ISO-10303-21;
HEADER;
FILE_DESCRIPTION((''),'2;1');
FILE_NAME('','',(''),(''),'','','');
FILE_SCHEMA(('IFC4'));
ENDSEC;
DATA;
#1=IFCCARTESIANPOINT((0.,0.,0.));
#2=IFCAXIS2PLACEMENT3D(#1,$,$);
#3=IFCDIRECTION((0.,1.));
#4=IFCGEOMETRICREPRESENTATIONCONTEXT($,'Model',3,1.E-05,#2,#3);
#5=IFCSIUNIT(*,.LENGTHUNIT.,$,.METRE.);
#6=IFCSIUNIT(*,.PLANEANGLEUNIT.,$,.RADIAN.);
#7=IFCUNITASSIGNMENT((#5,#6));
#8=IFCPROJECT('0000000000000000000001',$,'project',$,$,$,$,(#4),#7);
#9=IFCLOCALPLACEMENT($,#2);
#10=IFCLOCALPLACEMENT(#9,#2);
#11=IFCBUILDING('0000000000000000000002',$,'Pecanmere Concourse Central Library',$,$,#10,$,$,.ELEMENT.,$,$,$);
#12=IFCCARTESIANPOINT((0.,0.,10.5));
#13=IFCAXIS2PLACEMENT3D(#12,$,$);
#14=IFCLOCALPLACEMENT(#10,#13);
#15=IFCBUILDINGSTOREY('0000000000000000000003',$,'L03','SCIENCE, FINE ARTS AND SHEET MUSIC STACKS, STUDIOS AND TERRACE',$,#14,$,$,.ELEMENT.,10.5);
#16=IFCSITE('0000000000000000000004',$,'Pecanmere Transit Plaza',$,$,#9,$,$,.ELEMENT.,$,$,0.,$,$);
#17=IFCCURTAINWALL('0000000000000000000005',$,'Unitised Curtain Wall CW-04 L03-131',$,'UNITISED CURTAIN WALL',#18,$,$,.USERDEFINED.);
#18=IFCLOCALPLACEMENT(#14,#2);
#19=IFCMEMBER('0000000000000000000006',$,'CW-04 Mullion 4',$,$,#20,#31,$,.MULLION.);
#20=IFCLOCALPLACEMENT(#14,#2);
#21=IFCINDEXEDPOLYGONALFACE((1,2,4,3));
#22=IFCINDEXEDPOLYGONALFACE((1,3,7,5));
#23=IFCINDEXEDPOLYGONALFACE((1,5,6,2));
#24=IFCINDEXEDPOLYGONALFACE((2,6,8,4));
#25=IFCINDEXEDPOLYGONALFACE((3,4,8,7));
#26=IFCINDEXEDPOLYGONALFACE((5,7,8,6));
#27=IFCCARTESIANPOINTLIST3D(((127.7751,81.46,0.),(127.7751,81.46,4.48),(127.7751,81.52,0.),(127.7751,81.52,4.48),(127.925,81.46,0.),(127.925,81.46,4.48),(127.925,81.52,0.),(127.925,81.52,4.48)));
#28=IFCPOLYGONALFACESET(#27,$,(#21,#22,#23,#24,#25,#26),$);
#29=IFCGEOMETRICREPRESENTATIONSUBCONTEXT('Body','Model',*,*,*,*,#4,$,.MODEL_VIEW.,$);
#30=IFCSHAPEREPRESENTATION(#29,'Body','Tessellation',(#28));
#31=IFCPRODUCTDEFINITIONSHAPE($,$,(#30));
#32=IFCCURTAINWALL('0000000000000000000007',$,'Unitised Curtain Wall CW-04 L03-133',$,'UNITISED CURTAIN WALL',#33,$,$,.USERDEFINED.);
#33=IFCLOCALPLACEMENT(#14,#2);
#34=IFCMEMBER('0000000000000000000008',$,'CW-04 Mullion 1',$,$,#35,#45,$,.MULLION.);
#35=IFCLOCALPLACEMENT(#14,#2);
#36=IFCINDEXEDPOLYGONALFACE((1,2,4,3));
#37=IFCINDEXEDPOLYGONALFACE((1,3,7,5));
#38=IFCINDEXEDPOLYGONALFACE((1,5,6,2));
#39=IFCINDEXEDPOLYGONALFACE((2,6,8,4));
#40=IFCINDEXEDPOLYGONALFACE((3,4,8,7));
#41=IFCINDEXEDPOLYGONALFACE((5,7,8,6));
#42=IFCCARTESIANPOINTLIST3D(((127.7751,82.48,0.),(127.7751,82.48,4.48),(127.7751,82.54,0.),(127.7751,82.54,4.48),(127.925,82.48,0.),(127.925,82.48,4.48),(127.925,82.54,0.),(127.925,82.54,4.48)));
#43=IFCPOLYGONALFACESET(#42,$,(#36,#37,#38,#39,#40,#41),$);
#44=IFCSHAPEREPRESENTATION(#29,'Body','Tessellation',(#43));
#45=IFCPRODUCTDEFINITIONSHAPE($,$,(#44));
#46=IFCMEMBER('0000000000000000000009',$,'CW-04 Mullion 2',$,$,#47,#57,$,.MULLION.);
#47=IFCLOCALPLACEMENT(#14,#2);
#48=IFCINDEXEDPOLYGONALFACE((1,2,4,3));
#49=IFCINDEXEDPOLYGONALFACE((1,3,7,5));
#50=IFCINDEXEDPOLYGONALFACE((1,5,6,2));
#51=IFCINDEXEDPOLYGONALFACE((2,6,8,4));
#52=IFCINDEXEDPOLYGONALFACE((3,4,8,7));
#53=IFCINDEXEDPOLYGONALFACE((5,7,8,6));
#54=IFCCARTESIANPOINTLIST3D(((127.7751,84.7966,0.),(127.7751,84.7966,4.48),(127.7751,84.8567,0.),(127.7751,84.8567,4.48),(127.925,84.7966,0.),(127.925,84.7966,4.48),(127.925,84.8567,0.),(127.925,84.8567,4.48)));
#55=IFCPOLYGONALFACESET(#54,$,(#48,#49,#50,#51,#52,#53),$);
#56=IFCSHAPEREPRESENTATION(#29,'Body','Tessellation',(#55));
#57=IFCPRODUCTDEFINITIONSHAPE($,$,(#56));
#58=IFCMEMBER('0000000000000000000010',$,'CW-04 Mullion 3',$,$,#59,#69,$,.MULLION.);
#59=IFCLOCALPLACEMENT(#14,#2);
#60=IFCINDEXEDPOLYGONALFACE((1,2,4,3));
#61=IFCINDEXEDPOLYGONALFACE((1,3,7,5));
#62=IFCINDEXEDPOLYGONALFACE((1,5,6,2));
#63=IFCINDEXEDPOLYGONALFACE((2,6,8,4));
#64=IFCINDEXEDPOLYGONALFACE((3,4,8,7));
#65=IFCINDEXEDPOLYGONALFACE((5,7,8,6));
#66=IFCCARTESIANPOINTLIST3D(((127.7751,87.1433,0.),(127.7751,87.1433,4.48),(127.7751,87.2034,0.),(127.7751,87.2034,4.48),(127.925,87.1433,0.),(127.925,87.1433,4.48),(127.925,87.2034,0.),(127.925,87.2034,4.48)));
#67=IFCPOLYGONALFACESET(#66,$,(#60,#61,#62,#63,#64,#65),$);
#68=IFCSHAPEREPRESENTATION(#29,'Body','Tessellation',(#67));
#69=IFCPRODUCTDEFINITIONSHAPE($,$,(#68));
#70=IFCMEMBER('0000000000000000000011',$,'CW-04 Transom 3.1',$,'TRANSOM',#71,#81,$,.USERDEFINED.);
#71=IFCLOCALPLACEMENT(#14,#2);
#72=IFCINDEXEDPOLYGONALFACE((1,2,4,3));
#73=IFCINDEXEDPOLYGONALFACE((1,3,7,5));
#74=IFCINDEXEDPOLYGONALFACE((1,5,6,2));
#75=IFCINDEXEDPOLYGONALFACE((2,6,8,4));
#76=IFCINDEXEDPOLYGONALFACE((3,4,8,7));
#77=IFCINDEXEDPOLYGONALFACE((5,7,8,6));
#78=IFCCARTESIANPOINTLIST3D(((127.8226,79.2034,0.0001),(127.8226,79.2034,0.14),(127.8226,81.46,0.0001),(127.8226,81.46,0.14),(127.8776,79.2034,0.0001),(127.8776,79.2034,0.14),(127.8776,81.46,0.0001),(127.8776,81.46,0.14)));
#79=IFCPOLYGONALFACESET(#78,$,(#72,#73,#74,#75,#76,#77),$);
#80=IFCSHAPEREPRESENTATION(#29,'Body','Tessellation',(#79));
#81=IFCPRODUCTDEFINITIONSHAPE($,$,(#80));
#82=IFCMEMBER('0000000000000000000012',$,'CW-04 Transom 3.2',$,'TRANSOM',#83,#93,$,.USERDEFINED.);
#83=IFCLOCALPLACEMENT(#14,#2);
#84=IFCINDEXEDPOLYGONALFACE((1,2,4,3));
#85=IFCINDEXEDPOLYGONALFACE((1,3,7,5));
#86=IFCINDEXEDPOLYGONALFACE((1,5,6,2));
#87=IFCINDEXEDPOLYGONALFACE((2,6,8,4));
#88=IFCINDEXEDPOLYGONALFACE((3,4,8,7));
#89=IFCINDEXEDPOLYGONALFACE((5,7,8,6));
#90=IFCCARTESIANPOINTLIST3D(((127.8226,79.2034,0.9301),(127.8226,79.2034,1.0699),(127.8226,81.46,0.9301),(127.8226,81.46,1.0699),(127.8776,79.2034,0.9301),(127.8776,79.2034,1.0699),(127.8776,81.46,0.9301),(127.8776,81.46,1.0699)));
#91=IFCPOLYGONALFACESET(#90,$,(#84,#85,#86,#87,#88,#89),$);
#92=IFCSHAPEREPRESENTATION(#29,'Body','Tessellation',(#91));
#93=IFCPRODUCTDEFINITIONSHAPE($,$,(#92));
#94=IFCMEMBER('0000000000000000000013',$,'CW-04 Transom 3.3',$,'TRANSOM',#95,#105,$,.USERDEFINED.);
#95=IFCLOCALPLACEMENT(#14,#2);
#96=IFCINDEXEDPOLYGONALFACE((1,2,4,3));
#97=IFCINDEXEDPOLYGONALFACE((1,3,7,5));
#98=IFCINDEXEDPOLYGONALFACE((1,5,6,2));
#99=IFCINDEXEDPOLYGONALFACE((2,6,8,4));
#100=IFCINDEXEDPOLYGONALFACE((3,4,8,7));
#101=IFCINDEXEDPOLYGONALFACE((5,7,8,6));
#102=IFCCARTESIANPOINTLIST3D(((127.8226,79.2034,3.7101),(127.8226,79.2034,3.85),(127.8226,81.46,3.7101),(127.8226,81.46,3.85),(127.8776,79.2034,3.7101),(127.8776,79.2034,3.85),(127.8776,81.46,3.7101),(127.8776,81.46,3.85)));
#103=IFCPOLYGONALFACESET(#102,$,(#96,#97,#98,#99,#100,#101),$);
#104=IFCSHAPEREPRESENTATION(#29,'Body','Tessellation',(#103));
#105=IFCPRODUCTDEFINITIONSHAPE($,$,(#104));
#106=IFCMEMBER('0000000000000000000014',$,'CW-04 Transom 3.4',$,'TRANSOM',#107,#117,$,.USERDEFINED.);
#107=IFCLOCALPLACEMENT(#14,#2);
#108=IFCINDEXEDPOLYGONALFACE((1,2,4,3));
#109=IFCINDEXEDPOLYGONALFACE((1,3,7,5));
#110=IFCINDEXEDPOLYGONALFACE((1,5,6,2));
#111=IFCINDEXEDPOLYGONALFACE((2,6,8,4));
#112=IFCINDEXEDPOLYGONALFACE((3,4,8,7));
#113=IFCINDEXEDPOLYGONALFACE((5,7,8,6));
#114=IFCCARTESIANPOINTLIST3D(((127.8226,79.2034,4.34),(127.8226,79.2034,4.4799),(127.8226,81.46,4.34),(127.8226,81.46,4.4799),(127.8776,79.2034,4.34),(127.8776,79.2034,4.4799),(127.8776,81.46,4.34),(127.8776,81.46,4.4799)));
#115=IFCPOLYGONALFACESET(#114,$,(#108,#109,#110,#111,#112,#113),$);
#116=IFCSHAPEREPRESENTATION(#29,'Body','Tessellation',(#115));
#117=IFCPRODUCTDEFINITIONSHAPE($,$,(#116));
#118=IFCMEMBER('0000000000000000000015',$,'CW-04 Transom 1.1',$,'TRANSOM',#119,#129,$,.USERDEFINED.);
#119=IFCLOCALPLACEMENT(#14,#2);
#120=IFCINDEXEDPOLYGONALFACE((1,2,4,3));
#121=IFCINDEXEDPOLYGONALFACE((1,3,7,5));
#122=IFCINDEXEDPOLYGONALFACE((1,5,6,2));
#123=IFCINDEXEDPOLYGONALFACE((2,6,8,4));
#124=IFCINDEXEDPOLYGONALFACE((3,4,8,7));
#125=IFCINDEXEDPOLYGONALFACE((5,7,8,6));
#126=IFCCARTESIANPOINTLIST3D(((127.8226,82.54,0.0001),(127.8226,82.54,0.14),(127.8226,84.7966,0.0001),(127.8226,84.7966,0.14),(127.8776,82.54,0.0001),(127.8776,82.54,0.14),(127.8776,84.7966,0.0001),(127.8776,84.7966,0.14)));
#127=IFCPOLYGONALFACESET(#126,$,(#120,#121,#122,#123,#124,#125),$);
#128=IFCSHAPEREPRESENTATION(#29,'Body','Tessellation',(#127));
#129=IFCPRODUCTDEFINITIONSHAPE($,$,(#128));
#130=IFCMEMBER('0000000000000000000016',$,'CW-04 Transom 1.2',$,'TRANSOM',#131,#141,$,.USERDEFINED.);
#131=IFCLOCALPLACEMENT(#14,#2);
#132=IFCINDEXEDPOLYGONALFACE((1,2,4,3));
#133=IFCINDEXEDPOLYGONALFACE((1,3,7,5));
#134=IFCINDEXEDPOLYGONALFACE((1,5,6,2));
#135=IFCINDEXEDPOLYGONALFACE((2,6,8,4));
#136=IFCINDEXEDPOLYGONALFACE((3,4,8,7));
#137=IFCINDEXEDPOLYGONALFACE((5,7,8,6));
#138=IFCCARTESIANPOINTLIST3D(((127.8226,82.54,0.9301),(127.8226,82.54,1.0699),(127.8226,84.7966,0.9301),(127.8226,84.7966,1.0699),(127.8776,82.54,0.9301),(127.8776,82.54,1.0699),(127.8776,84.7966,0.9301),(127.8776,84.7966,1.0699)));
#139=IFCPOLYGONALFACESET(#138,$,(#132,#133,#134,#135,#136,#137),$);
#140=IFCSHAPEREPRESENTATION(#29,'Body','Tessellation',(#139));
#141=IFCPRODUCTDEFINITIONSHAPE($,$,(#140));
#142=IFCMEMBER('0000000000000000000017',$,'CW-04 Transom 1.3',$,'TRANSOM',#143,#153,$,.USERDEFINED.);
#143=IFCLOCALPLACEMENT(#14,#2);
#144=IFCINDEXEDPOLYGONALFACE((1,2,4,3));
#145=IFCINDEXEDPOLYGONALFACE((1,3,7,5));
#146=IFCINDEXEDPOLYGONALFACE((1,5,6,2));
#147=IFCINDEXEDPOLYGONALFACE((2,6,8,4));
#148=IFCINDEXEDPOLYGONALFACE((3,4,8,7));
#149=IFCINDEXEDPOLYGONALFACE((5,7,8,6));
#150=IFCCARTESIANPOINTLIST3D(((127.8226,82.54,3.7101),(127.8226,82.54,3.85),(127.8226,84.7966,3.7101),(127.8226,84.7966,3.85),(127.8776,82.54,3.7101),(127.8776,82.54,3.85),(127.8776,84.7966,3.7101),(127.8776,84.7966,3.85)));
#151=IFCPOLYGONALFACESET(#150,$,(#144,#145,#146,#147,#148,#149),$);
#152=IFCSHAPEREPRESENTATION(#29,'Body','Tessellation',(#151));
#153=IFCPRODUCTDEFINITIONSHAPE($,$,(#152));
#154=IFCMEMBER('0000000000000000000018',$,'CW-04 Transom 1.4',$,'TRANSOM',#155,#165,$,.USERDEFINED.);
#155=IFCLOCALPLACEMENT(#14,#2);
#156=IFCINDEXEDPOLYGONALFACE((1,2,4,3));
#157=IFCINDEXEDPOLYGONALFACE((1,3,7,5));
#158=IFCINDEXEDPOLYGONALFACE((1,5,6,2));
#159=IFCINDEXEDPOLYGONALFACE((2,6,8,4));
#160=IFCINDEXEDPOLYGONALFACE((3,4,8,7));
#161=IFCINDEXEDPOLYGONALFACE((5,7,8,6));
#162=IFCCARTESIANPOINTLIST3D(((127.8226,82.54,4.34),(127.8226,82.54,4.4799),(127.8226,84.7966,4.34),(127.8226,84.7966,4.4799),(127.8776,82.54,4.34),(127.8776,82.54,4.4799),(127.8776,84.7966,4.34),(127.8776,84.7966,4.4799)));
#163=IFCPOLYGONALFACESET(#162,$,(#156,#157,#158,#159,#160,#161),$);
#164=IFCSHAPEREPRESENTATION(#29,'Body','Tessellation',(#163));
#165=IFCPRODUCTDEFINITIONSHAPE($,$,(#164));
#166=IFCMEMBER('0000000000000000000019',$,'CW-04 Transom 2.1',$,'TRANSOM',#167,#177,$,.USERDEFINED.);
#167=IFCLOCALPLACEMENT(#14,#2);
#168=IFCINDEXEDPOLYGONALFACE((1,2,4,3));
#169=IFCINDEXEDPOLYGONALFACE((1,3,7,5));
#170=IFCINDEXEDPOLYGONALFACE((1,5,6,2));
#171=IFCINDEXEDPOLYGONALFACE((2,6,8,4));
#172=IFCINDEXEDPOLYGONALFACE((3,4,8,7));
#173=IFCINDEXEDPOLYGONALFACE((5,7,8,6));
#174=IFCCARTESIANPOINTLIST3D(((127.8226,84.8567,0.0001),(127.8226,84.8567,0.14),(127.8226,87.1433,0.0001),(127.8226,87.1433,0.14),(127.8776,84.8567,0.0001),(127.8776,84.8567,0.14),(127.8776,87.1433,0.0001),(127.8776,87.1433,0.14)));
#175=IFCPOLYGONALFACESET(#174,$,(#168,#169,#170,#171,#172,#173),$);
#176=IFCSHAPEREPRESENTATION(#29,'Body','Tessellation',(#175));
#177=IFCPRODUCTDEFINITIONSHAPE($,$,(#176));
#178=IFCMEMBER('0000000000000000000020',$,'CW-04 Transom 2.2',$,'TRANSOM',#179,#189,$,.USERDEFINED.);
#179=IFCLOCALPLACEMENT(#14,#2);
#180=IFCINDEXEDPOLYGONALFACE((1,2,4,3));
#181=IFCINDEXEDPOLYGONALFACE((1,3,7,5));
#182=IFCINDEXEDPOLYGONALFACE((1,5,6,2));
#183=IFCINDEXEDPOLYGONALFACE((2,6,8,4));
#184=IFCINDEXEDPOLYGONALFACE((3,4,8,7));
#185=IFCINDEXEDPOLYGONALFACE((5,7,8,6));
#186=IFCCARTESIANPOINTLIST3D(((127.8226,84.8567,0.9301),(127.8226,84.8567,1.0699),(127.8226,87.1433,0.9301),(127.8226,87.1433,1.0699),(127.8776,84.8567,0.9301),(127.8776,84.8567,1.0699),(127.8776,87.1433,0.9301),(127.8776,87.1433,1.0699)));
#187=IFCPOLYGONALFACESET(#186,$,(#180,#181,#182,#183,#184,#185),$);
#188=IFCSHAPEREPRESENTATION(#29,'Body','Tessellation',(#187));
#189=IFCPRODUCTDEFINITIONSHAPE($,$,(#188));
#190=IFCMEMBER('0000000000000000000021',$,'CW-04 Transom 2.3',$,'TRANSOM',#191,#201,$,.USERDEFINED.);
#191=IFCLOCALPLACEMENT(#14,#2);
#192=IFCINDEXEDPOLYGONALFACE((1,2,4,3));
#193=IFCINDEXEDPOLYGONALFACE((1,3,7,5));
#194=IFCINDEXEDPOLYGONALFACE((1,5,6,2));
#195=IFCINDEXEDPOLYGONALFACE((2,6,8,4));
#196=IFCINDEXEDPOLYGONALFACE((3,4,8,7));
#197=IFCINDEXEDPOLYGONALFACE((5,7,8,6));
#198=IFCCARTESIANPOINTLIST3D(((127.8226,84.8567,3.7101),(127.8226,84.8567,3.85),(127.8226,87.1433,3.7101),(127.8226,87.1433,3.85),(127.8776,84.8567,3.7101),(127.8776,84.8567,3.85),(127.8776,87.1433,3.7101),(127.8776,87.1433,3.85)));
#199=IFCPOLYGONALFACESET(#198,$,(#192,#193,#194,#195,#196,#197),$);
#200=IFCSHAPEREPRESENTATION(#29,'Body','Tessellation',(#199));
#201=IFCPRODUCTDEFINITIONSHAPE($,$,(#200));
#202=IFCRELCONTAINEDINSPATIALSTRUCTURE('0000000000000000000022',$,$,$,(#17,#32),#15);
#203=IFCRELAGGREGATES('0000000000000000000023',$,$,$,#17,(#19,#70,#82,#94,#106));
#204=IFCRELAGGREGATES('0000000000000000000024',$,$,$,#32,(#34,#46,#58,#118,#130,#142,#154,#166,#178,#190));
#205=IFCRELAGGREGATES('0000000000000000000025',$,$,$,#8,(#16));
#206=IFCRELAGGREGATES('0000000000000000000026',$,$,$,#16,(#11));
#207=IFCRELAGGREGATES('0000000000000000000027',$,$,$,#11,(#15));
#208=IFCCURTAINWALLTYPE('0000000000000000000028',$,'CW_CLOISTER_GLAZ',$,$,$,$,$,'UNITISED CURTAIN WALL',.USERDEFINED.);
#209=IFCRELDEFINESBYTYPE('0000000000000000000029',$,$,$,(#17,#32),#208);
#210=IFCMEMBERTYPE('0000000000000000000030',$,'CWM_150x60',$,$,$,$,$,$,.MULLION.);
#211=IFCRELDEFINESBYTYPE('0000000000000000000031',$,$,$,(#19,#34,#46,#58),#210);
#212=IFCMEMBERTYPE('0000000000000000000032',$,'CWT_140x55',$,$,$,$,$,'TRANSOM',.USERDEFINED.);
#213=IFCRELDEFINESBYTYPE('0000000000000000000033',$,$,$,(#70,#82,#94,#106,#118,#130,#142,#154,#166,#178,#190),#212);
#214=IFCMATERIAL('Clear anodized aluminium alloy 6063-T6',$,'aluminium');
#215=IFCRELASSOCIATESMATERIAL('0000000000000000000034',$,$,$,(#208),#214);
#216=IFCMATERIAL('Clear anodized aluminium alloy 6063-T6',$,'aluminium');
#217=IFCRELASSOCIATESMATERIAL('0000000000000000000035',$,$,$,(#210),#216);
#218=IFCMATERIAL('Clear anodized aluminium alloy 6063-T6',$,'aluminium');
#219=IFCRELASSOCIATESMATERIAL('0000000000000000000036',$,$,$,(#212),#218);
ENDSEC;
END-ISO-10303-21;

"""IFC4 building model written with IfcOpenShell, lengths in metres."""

from ifc_helpers import new_model, si_unit, direction, frame, origin, origin_2d, place, context, subcontext, project, spatial, rectangle, extrude, material, material_profile, profile_set, type_object, element, aggregate, save


model = new_model("IFC4")

# Units and contexts
model_context = context("Model", 3, precision=1e-05, world=origin(), true_north=direction((0.0, 1.0)))
body_context = subcontext(model_context, "Body", "Model", "MODEL_VIEW")
ifc_project = project(units=[si_unit("LENGTHUNIT", "METRE"), si_unit("PLANEANGLEUNIT", "RADIAN")], contexts=[model_context])

# Site, building, storey
site_placement = place(None, origin())
site = spatial("IfcSite", under=ifc_project, at=site_placement, Name="Pecanmere Transit Plaza", CompositionType="ELEMENT", RefElevation=0.0)
building_placement = place(site_placement, origin())
building = spatial("IfcBuilding", under=site, at=building_placement, Name="Pecanmere Concourse Central Library", CompositionType="ELEMENT")
storey_placement = place(building_placement, frame((0.0, 0.0, 10.5)))
storey = spatial("IfcBuildingStorey", under=building, at=storey_placement, Name="L03", Description="SCIENCE, FINE ARTS AND SHEET MUSIC STACKS, STUDIOS AND TERRACE", CompositionType="ELEMENT", Elevation=10.5)

# Curtain wall, member
ifc_material_1 = material(Name="Clear anodized aluminium alloy 6063-T6", Category="aluminium")
curtain_wall_type = type_object("IfcCurtainWallType", Name="CW_CLOISTER_GLAZ", ElementType="UNITISED CURTAIN WALL", PredefinedType="USERDEFINED", material=ifc_material_1)
curtain_wall_1_placement = place(storey_placement, origin())
curtain_wall_1 = element("IfcCurtainWall", 1, at=curtain_wall_1_placement, inside=storey, type_object=curtain_wall_type, Name="Unitised Curtain Wall CW-04 L03-131", ObjectType="UNITISED CURTAIN WALL", PredefinedType="USERDEFINED")
ifc_material_2 = material(Name="Clear anodized aluminium alloy 6063-T6", Category="aluminium")
ifc_material_profile_1 = material_profile(ifc_material_2, rectangle(XDim=0.0601, YDim=0.1499, at=origin_2d()), Name="AL 60x150")
ifc_profile_set_1 = profile_set([ifc_material_profile_1], Name="Clear anodized aluminium alloy 6063-T6")
member_type_1 = type_object("IfcMemberType", Name="CWM_150x60", PredefinedType="MULLION", material=ifc_profile_set_1)
member_1_placement = place(storey_placement, frame((127.8501, 81.49, 0.0), z_axis=(0.0, 0.0, 1.0), x_axis=(0.0, 1.0, 0.0)))
member_1 = element("IfcMember", 2, at=member_1_placement, type_object=member_type_1, Name="CW-04 Mullion 4", PredefinedType="MULLION", context=body_context, shape_type="SweptSolid", body=[
    extrude(rectangle(XDim=0.0601, YDim=0.1499, at=origin_2d()), origin(), (0.0, 0.0, 1.0), 4.48),
])

# Curtain wall, members
curtain_wall_2_placement = place(storey_placement, origin())
curtain_wall_2 = element("IfcCurtainWall", 3, at=curtain_wall_2_placement, inside=storey, type_object=curtain_wall_type, Name="Unitised Curtain Wall CW-04 L03-133", ObjectType="UNITISED CURTAIN WALL", PredefinedType="USERDEFINED")
member_2_placement = place(storey_placement, frame((127.8501, 82.51, 0.0), z_axis=(0.0, 0.0, 1.0), x_axis=(0.0, 1.0, 0.0)))
member_2 = element("IfcMember", 4, at=member_2_placement, type_object=member_type_1, Name="CW-04 Mullion 1", PredefinedType="MULLION", context=body_context, shape_type="SweptSolid", body=[
    extrude(rectangle(XDim=0.0601, YDim=0.1499, at=origin_2d()), origin(), (0.0, 0.0, 1.0), 4.48),
])
member_3_placement = place(storey_placement, frame((127.8501, 84.8267, 0.0), z_axis=(0.0, 0.0, 1.0), x_axis=(0.0, 1.0, 0.0)))
member_3 = element("IfcMember", 5, at=member_3_placement, type_object=member_type_1, Name="CW-04 Mullion 2", PredefinedType="MULLION", context=body_context, shape_type="SweptSolid", body=[
    extrude(rectangle(XDim=0.0601, YDim=0.1499, at=origin_2d()), origin(), (0.0, 0.0, 1.0), 4.48),
])
member_4_placement = place(storey_placement, frame((127.8501, 87.1733, 0.0), z_axis=(0.0, 0.0, 1.0), x_axis=(0.0, 1.0, 0.0)))
member_4 = element("IfcMember", 6, at=member_4_placement, type_object=member_type_1, Name="CW-04 Mullion 3", PredefinedType="MULLION", context=body_context, shape_type="SweptSolid", body=[
    extrude(rectangle(XDim=0.0601, YDim=0.1499, at=origin_2d()), origin(), (0.0, 0.0, 1.0), 4.48),
])

# Members
ifc_material_3 = material(Name="Clear anodized aluminium alloy 6063-T6", Category="aluminium")
ifc_material_profile_2 = material_profile(ifc_material_3, rectangle(XDim=0.0549, YDim=0.1399, at=origin_2d()), Name="AL 55x140")
ifc_profile_set_2 = profile_set([ifc_material_profile_2], Name="Clear anodized aluminium alloy 6063-T6")
member_type_2 = type_object("IfcMemberType", Name="CWT_140x55", ElementType="TRANSOM", PredefinedType="USERDEFINED", material=ifc_profile_set_2)
member_5_placement = place(storey_placement, frame((127.8501, 79.2034, 0.0701), z_axis=(0.0, 1.0, 0.0), x_axis=(-1.0, 0.0, 0.0)))
member_5 = element("IfcMember", 7, at=member_5_placement, type_object=member_type_2, Name="CW-04 Transom 3.1", ObjectType="TRANSOM", PredefinedType="USERDEFINED", context=body_context, shape_type="SweptSolid", body=[
    extrude(rectangle(XDim=0.0549, YDim=0.1399, at=origin_2d()), origin(), (0.0, 0.0, 1.0), 2.2566),
])
member_6_placement = place(storey_placement, frame((127.8501, 79.2034, 1.0), z_axis=(0.0, 1.0, 0.0), x_axis=(-1.0, 0.0, 0.0)))
member_6 = element("IfcMember", 8, at=member_6_placement, type_object=member_type_2, Name="CW-04 Transom 3.2", ObjectType="TRANSOM", PredefinedType="USERDEFINED", context=body_context, shape_type="SweptSolid", body=[
    extrude(rectangle(XDim=0.0549, YDim=0.1399, at=origin_2d()), origin(), (0.0, 0.0, 1.0), 2.2566),
])
member_7_placement = place(storey_placement, frame((127.8501, 79.2034, 3.78), z_axis=(0.0, 1.0, 0.0), x_axis=(-1.0, 0.0, 0.0)))
member_7 = element("IfcMember", 9, at=member_7_placement, type_object=member_type_2, Name="CW-04 Transom 3.3", ObjectType="TRANSOM", PredefinedType="USERDEFINED", context=body_context, shape_type="SweptSolid", body=[
    extrude(rectangle(XDim=0.0549, YDim=0.1399, at=origin_2d()), origin(), (0.0, 0.0, 1.0), 2.2566),
])
member_8_placement = place(storey_placement, frame((127.8501, 79.2034, 4.4099), z_axis=(0.0, 1.0, 0.0), x_axis=(-1.0, 0.0, 0.0)))
member_8 = element("IfcMember", 10, at=member_8_placement, type_object=member_type_2, Name="CW-04 Transom 3.4", ObjectType="TRANSOM", PredefinedType="USERDEFINED", context=body_context, shape_type="SweptSolid", body=[
    extrude(rectangle(XDim=0.0549, YDim=0.1399, at=origin_2d()), origin(), (0.0, 0.0, 1.0), 2.2566),
])
member_9_placement = place(storey_placement, frame((127.8501, 82.54, 0.0701), z_axis=(0.0, 1.0, 0.0), x_axis=(-1.0, 0.0, 0.0)))
member_9 = element("IfcMember", 11, at=member_9_placement, type_object=member_type_2, Name="CW-04 Transom 1.1", ObjectType="TRANSOM", PredefinedType="USERDEFINED", context=body_context, shape_type="SweptSolid", body=[
    extrude(rectangle(XDim=0.0549, YDim=0.1399, at=origin_2d()), origin(), (0.0, 0.0, 1.0), 2.2566),
])
member_10_placement = place(storey_placement, frame((127.8501, 82.54, 1.0), z_axis=(0.0, 1.0, 0.0), x_axis=(-1.0, 0.0, 0.0)))
member_10 = element("IfcMember", 12, at=member_10_placement, type_object=member_type_2, Name="CW-04 Transom 1.2", ObjectType="TRANSOM", PredefinedType="USERDEFINED", context=body_context, shape_type="SweptSolid", body=[
    extrude(rectangle(XDim=0.0549, YDim=0.1399, at=origin_2d()), origin(), (0.0, 0.0, 1.0), 2.2566),
])
member_11_placement = place(storey_placement, frame((127.8501, 82.54, 3.78), z_axis=(0.0, 1.0, 0.0), x_axis=(-1.0, 0.0, 0.0)))
member_11 = element("IfcMember", 13, at=member_11_placement, type_object=member_type_2, Name="CW-04 Transom 1.3", ObjectType="TRANSOM", PredefinedType="USERDEFINED", context=body_context, shape_type="SweptSolid", body=[
    extrude(rectangle(XDim=0.0549, YDim=0.1399, at=origin_2d()), origin(), (0.0, 0.0, 1.0), 2.2566),
])
member_12_placement = place(storey_placement, frame((127.8501, 82.54, 4.4099), z_axis=(0.0, 1.0, 0.0), x_axis=(-1.0, 0.0, 0.0)))
member_12 = element("IfcMember", 14, at=member_12_placement, type_object=member_type_2, Name="CW-04 Transom 1.4", ObjectType="TRANSOM", PredefinedType="USERDEFINED", context=body_context, shape_type="SweptSolid", body=[
    extrude(rectangle(XDim=0.0549, YDim=0.1399, at=origin_2d()), origin(), (0.0, 0.0, 1.0), 2.2566),
])
member_13_placement = place(storey_placement, frame((127.8501, 84.8567, 0.0701), z_axis=(0.0, 1.0, 0.0), x_axis=(-1.0, 0.0, 0.0)))
member_13 = element("IfcMember", 15, at=member_13_placement, type_object=member_type_2, Name="CW-04 Transom 2.1", ObjectType="TRANSOM", PredefinedType="USERDEFINED", context=body_context, shape_type="SweptSolid", body=[
    extrude(rectangle(XDim=0.0549, YDim=0.1399, at=origin_2d()), origin(), (0.0, 0.0, 1.0), 2.2866),
])
member_14_placement = place(storey_placement, frame((127.8501, 84.8567, 1.0), z_axis=(0.0, 1.0, 0.0), x_axis=(-1.0, 0.0, 0.0)))
member_14 = element("IfcMember", 16, at=member_14_placement, type_object=member_type_2, Name="CW-04 Transom 2.2", ObjectType="TRANSOM", PredefinedType="USERDEFINED", context=body_context, shape_type="SweptSolid", body=[
    extrude(rectangle(XDim=0.0549, YDim=0.1399, at=origin_2d()), origin(), (0.0, 0.0, 1.0), 2.2866),
])
member_15_placement = place(storey_placement, frame((127.8501, 84.8567, 3.78), z_axis=(0.0, 1.0, 0.0), x_axis=(-1.0, 0.0, 0.0)))
member_15 = element("IfcMember", 17, at=member_15_placement, type_object=member_type_2, Name="CW-04 Transom 2.3", ObjectType="TRANSOM", PredefinedType="USERDEFINED", context=body_context, shape_type="SweptSolid", body=[
    extrude(rectangle(XDim=0.0549, YDim=0.1399, at=origin_2d()), origin(), (0.0, 0.0, 1.0), 2.2866),
])

aggregate(curtain_wall_1, [member_1, member_5, member_6, member_7, member_8])
aggregate(curtain_wall_2, [member_2, member_3, member_4, member_9, member_10, member_11, member_12, member_13, member_14, member_15])

save(model, "model.ifc")
